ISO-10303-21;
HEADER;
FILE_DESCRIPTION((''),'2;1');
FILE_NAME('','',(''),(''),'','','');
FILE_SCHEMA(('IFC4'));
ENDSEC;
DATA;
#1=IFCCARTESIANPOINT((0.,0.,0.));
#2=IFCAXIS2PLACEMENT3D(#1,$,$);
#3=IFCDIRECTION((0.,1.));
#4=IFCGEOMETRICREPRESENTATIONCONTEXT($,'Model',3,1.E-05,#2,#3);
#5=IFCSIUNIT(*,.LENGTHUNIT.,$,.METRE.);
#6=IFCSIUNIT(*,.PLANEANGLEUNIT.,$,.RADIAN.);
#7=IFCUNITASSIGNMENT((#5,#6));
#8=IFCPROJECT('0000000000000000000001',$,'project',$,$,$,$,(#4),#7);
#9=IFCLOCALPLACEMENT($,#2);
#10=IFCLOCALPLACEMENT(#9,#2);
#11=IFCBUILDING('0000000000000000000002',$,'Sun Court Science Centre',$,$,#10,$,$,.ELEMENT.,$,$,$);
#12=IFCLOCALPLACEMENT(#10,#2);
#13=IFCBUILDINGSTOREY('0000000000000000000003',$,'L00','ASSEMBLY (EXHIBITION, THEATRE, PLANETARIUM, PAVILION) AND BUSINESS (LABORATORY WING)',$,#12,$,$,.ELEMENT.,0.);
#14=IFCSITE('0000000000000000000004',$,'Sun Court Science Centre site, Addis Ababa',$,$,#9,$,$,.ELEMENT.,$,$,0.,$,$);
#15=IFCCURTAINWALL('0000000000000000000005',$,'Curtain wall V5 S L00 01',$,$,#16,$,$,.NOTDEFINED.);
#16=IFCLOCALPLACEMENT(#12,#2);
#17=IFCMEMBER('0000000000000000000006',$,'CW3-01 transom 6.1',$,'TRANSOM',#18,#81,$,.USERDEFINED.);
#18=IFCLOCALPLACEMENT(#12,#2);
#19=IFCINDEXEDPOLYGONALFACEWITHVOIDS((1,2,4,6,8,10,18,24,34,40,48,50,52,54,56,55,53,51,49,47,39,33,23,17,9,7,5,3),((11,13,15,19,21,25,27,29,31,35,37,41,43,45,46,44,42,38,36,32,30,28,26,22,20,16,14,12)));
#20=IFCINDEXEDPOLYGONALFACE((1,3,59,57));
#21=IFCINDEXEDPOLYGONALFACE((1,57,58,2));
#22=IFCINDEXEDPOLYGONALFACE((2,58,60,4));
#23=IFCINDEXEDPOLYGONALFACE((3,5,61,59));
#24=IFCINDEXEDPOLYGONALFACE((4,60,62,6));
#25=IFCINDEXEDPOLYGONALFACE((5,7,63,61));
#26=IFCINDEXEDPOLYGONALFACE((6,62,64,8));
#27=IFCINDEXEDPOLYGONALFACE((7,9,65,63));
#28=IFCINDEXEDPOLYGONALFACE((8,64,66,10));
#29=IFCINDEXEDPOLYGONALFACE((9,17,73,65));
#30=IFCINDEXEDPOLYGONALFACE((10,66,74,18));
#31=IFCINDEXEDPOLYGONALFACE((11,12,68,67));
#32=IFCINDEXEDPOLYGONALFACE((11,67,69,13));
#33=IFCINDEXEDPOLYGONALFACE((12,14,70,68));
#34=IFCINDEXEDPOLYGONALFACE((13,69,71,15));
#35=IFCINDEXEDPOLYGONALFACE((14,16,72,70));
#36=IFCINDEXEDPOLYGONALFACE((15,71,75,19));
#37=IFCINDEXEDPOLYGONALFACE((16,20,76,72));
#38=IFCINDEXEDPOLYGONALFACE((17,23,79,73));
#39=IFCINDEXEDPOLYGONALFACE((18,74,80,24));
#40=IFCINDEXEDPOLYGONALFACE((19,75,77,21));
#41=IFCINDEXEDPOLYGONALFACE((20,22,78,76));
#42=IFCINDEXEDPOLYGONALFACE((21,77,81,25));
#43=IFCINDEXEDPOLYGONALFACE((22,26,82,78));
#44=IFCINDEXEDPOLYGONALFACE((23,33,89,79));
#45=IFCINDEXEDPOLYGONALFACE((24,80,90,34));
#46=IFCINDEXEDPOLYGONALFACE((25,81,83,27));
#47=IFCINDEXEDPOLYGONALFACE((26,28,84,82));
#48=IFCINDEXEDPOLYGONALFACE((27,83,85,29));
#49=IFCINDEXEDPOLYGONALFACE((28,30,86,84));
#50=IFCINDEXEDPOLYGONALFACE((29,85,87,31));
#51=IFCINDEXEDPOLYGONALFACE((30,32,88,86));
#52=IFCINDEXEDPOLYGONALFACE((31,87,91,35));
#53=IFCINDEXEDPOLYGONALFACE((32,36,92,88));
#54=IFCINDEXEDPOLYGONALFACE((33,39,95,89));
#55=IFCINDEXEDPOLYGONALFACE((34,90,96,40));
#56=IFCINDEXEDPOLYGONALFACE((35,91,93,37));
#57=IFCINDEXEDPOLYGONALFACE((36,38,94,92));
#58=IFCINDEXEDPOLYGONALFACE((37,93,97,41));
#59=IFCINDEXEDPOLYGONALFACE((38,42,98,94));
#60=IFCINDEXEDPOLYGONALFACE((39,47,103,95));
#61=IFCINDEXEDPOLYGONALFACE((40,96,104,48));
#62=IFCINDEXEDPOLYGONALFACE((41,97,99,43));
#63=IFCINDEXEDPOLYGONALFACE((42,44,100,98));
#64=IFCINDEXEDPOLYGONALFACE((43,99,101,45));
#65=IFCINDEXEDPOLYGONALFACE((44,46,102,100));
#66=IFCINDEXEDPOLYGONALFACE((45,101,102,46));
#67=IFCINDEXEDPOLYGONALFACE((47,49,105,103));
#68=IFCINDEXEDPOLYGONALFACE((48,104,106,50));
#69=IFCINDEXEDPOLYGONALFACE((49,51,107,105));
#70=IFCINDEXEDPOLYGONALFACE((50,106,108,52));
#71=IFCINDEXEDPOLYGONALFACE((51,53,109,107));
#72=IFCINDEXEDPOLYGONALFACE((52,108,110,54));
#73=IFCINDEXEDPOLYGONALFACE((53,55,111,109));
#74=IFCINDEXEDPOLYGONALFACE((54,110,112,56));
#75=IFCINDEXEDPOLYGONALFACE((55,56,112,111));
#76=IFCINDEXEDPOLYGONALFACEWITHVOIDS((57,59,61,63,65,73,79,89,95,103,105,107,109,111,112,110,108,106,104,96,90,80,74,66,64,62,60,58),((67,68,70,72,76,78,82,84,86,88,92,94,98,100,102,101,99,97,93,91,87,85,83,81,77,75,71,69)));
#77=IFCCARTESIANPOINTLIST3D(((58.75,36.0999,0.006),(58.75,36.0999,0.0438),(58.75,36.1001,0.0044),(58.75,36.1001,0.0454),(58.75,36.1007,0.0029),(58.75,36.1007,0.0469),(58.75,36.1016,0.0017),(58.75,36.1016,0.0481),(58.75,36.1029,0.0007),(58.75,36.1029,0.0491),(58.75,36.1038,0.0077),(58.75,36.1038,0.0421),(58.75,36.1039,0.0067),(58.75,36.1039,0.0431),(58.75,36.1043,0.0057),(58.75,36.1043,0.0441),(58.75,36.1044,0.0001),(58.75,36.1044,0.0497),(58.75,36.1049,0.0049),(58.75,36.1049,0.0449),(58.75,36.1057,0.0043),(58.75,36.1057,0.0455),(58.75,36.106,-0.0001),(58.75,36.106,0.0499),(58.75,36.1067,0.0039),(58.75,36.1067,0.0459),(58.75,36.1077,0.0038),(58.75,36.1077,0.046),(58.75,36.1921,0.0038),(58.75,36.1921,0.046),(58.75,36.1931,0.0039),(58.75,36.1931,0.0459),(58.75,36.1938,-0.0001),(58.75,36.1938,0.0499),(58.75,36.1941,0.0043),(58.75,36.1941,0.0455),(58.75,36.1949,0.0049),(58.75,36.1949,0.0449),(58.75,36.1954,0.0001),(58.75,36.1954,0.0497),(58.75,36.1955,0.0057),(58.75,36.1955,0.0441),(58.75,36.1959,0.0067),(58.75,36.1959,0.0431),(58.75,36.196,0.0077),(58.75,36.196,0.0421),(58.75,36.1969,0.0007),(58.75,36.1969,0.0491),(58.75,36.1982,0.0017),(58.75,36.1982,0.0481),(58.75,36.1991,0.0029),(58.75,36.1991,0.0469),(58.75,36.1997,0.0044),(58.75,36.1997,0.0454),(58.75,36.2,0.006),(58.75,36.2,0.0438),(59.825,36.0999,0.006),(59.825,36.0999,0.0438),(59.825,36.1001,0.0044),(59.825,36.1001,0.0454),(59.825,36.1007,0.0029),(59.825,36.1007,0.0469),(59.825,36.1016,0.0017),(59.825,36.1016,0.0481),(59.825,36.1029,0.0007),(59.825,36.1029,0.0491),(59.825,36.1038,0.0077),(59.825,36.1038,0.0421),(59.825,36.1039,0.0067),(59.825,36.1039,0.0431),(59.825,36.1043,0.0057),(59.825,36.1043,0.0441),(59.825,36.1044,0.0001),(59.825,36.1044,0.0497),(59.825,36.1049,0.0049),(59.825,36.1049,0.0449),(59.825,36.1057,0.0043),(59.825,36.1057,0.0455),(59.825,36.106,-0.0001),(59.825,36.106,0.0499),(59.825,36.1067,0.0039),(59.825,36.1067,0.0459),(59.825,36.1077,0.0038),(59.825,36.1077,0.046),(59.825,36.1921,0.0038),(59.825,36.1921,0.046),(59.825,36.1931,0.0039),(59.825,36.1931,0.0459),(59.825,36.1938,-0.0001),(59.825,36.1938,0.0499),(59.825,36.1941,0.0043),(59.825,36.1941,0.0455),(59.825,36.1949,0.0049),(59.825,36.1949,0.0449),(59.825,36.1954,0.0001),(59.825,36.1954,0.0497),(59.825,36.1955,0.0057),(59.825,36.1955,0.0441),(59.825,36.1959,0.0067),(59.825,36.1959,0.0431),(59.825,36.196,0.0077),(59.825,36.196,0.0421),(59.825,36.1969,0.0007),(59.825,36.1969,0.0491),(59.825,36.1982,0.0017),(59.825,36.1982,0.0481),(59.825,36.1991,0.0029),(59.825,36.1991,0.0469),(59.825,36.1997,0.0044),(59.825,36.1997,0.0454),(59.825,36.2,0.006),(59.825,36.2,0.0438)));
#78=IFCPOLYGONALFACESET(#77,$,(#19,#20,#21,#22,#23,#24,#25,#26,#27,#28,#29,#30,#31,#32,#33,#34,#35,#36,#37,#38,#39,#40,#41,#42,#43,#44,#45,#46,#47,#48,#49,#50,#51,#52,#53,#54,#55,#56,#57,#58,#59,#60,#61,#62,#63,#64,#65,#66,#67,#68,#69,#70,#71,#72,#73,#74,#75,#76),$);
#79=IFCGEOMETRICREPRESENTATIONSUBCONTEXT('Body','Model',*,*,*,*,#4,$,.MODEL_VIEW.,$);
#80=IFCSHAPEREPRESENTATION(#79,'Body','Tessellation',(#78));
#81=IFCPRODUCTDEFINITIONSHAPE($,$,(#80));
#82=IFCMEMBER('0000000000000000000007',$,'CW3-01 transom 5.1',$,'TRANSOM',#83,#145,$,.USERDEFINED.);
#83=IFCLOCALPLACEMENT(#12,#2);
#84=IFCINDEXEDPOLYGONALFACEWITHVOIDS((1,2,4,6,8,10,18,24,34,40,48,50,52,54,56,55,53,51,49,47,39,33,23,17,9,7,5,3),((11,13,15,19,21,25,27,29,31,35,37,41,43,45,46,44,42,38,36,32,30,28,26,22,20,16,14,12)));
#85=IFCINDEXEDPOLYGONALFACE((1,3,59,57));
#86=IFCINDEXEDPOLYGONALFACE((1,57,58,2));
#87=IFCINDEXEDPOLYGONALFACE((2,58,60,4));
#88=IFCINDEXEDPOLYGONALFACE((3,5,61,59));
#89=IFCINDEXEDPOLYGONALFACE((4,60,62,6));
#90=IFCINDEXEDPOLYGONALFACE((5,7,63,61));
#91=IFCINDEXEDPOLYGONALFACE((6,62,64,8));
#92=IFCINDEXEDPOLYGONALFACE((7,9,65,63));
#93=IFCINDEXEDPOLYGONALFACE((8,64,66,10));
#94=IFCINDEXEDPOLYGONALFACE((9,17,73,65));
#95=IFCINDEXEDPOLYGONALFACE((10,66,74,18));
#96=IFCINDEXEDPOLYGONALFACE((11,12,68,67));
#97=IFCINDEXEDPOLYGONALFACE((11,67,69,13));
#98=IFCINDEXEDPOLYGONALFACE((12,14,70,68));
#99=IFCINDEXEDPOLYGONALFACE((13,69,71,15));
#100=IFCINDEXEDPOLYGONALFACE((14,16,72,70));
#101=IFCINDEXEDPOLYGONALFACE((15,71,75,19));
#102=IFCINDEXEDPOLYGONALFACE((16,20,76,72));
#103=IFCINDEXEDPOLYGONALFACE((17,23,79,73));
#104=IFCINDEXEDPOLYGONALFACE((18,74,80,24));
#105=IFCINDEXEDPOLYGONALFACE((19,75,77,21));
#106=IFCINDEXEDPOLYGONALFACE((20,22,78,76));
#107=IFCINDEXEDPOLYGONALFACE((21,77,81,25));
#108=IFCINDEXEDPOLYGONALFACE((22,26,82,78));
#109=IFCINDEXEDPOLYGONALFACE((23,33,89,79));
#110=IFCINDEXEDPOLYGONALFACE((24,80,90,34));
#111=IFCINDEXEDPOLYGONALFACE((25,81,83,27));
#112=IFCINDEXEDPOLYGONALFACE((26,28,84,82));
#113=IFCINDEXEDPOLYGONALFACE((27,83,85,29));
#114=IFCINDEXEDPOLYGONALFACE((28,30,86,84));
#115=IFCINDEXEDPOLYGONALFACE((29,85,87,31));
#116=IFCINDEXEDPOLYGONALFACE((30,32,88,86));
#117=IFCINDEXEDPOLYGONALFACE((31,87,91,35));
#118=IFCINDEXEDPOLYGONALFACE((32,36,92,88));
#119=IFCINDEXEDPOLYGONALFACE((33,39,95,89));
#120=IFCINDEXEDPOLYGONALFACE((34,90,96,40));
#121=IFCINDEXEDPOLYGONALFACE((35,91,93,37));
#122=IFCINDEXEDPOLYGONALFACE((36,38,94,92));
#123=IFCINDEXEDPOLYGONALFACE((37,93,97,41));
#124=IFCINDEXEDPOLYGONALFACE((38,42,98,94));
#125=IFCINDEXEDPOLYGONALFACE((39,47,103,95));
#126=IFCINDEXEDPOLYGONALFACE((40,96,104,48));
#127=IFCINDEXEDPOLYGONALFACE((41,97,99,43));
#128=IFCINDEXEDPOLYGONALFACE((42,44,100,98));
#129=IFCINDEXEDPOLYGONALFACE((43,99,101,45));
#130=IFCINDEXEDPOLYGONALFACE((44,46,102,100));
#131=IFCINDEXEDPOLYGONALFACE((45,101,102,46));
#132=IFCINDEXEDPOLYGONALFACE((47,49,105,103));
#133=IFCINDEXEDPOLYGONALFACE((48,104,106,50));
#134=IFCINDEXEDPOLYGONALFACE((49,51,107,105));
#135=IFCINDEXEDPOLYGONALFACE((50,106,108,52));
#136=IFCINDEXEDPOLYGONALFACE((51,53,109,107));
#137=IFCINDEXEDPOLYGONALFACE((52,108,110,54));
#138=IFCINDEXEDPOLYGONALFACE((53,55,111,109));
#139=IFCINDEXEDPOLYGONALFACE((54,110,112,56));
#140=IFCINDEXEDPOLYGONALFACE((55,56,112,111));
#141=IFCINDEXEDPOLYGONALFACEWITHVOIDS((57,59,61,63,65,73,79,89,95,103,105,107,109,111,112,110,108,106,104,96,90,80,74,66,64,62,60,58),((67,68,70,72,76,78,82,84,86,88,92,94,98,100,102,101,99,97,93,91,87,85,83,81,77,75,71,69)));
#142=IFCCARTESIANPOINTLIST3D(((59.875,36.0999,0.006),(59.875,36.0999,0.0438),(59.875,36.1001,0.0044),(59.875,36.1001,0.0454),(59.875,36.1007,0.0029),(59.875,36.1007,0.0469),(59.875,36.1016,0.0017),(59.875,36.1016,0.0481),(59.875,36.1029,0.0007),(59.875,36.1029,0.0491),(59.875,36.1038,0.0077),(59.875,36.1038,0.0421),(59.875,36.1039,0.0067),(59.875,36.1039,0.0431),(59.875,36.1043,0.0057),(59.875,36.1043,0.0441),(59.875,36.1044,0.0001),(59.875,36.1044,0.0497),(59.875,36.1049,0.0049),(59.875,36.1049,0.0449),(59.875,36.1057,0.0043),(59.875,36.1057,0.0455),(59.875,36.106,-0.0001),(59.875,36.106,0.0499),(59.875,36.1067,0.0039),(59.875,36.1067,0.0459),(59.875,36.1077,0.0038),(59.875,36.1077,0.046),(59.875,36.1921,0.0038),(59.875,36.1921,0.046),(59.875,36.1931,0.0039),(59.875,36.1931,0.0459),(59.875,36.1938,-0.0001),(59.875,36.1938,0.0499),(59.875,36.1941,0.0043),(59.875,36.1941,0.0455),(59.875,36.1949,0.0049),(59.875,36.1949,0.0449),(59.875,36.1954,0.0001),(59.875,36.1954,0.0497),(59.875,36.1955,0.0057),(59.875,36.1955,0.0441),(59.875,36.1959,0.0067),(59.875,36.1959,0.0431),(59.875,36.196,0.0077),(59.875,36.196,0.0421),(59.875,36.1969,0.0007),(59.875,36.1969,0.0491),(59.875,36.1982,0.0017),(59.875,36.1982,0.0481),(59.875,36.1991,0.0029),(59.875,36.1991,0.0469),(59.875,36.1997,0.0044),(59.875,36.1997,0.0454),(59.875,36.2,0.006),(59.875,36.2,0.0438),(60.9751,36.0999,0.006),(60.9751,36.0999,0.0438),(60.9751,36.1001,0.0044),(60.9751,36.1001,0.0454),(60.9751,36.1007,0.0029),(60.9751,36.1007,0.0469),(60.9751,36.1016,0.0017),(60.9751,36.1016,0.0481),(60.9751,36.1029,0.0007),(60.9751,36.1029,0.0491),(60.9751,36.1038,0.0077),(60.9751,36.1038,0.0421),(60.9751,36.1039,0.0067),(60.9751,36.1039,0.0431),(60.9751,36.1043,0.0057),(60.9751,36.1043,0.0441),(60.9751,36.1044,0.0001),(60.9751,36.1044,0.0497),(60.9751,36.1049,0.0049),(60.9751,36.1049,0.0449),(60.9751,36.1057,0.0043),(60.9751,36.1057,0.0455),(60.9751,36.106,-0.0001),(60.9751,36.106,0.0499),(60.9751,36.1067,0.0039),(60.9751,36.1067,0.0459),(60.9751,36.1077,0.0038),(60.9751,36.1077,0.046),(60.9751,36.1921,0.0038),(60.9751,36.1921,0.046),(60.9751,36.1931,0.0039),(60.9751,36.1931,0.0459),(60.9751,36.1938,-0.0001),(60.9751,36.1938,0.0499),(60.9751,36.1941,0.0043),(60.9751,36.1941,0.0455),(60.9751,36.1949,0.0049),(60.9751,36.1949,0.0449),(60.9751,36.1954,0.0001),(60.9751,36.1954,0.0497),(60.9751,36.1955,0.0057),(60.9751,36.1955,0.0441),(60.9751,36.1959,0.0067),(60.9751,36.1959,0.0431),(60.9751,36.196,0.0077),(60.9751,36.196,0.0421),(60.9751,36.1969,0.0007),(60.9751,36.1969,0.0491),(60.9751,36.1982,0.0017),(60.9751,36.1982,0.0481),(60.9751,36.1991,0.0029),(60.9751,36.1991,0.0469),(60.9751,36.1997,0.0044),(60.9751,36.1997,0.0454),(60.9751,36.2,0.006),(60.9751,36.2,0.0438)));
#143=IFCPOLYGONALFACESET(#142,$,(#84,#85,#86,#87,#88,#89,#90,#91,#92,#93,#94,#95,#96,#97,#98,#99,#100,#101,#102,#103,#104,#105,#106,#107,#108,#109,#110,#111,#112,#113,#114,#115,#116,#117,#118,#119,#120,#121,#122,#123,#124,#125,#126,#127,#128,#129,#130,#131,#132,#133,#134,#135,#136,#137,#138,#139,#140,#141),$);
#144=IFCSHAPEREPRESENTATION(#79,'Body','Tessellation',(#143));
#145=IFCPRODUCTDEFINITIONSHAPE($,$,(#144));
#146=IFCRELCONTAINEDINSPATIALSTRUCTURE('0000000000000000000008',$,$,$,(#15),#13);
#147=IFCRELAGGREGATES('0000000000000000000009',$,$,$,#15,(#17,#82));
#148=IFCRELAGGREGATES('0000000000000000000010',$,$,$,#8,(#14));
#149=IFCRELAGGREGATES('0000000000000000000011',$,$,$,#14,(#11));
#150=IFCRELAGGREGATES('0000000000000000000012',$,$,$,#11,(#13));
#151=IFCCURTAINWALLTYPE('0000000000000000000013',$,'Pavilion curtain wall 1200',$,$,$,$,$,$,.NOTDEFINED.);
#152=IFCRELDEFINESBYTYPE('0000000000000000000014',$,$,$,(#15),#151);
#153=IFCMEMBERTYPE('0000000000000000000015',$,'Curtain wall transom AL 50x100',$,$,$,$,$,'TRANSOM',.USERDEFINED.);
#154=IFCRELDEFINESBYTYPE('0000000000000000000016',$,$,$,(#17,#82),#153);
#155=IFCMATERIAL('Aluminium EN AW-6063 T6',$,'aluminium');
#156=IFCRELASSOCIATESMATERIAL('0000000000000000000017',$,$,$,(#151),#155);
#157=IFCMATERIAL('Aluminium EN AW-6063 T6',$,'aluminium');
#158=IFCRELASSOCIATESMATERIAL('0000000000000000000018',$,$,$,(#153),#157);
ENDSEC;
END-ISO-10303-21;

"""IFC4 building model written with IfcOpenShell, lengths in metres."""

from ifc_helpers import new_model, si_unit, direction, frame, origin, origin_2d, place, context, subcontext, project, spatial, hollow_rectangle, extrude, material, material_profile, profile_set, type_object, element, aggregate, save


model = new_model("IFC4")

# Units and contexts
model_context = context("Model", 3, precision=1e-05, world=origin(), true_north=direction((0.0, 1.0)))
body_context = subcontext(model_context, "Body", "Model", "MODEL_VIEW")
ifc_project = project(units=[si_unit("LENGTHUNIT", "METRE"), si_unit("PLANEANGLEUNIT", "RADIAN")], contexts=[model_context])

# Site, building, storey
site_placement = place(None, origin())
site = spatial("IfcSite", under=ifc_project, at=site_placement, Name="Sun Court Science Centre site, Addis Ababa", CompositionType="ELEMENT", RefElevation=0.0)
building_placement = place(site_placement, origin())
building = spatial("IfcBuilding", under=site, at=building_placement, Name="Sun Court Science Centre", CompositionType="ELEMENT")
storey_placement = place(building_placement, origin())
storey = spatial("IfcBuildingStorey", under=building, at=storey_placement, Name="L00", Description="ASSEMBLY (EXHIBITION, THEATRE, PLANETARIUM, PAVILION) AND BUSINESS (LABORATORY WING)", CompositionType="ELEMENT", Elevation=0.0)

# Curtain wall, members
ifc_material_1 = material(Name="Aluminium EN AW-6063 T6", Category="aluminium")
curtain_wall_type = type_object("IfcCurtainWallType", Name="Pavilion curtain wall 1200", PredefinedType="NOTDEFINED", material=ifc_material_1)
curtain_wall_placement = place(storey_placement, origin())
curtain_wall = element("IfcCurtainWall", 1, at=curtain_wall_placement, inside=storey, type_object=curtain_wall_type, Name="Curtain wall V5 S L00 01", PredefinedType="NOTDEFINED")
ifc_material_2 = material(Name="Aluminium EN AW-6063 T6", Category="aluminium")
ifc_material_profile_1 = material_profile(ifc_material_2, hollow_rectangle(XDim=0.05, YDim=0.1001, WallThickness=0.0039, InnerFilletRadius=0.0039, OuterFilletRadius=0.0061, at=origin_2d()), Name="AL 50x100x4")
ifc_profile_set_1 = profile_set([ifc_material_profile_1], Name="Aluminium EN AW-6063 T6")
member_type_1 = type_object("IfcMemberType", Name="Curtain wall transom AL 50x100", ElementType="TRANSOM", PredefinedType="USERDEFINED", material=ifc_profile_set_1)
member_1_placement = place(storey_placement, frame((59.825, 36.1499, 0.0249), z_axis=(-1.0, 0.0, 0.0), x_axis=(0.0, 0.0, 1.0)))
member_1 = element("IfcMember", 2, at=member_1_placement, type_object=member_type_1, Name="CW3-01 transom 6.1", ObjectType="TRANSOM", PredefinedType="USERDEFINED", context=body_context, shape_type="SweptSolid", body=[
    extrude(hollow_rectangle(XDim=0.05, YDim=0.1001, WallThickness=0.0039, InnerFilletRadius=0.0039, OuterFilletRadius=0.0061, at=origin_2d()), origin(), (0.0, 0.0, 1.0), 1.075),
])
member_2_placement = place(storey_placement, frame((60.9751, 36.1499, 0.0249), z_axis=(-1.0, 0.0, 0.0), x_axis=(0.0, 0.0, 1.0)))
member_2 = element("IfcMember", 3, at=member_2_placement, type_object=member_type_1, Name="CW3-01 transom 5.1", ObjectType="TRANSOM", PredefinedType="USERDEFINED", context=body_context, shape_type="SweptSolid", body=[
    extrude(hollow_rectangle(XDim=0.05, YDim=0.1001, WallThickness=0.0039, InnerFilletRadius=0.0039, OuterFilletRadius=0.0061, at=origin_2d()), origin(), (0.0, 0.0, 1.0), 1.1001),
])
aggregate(curtain_wall, [member_1, member_2])

save(model, "model.ifc")
